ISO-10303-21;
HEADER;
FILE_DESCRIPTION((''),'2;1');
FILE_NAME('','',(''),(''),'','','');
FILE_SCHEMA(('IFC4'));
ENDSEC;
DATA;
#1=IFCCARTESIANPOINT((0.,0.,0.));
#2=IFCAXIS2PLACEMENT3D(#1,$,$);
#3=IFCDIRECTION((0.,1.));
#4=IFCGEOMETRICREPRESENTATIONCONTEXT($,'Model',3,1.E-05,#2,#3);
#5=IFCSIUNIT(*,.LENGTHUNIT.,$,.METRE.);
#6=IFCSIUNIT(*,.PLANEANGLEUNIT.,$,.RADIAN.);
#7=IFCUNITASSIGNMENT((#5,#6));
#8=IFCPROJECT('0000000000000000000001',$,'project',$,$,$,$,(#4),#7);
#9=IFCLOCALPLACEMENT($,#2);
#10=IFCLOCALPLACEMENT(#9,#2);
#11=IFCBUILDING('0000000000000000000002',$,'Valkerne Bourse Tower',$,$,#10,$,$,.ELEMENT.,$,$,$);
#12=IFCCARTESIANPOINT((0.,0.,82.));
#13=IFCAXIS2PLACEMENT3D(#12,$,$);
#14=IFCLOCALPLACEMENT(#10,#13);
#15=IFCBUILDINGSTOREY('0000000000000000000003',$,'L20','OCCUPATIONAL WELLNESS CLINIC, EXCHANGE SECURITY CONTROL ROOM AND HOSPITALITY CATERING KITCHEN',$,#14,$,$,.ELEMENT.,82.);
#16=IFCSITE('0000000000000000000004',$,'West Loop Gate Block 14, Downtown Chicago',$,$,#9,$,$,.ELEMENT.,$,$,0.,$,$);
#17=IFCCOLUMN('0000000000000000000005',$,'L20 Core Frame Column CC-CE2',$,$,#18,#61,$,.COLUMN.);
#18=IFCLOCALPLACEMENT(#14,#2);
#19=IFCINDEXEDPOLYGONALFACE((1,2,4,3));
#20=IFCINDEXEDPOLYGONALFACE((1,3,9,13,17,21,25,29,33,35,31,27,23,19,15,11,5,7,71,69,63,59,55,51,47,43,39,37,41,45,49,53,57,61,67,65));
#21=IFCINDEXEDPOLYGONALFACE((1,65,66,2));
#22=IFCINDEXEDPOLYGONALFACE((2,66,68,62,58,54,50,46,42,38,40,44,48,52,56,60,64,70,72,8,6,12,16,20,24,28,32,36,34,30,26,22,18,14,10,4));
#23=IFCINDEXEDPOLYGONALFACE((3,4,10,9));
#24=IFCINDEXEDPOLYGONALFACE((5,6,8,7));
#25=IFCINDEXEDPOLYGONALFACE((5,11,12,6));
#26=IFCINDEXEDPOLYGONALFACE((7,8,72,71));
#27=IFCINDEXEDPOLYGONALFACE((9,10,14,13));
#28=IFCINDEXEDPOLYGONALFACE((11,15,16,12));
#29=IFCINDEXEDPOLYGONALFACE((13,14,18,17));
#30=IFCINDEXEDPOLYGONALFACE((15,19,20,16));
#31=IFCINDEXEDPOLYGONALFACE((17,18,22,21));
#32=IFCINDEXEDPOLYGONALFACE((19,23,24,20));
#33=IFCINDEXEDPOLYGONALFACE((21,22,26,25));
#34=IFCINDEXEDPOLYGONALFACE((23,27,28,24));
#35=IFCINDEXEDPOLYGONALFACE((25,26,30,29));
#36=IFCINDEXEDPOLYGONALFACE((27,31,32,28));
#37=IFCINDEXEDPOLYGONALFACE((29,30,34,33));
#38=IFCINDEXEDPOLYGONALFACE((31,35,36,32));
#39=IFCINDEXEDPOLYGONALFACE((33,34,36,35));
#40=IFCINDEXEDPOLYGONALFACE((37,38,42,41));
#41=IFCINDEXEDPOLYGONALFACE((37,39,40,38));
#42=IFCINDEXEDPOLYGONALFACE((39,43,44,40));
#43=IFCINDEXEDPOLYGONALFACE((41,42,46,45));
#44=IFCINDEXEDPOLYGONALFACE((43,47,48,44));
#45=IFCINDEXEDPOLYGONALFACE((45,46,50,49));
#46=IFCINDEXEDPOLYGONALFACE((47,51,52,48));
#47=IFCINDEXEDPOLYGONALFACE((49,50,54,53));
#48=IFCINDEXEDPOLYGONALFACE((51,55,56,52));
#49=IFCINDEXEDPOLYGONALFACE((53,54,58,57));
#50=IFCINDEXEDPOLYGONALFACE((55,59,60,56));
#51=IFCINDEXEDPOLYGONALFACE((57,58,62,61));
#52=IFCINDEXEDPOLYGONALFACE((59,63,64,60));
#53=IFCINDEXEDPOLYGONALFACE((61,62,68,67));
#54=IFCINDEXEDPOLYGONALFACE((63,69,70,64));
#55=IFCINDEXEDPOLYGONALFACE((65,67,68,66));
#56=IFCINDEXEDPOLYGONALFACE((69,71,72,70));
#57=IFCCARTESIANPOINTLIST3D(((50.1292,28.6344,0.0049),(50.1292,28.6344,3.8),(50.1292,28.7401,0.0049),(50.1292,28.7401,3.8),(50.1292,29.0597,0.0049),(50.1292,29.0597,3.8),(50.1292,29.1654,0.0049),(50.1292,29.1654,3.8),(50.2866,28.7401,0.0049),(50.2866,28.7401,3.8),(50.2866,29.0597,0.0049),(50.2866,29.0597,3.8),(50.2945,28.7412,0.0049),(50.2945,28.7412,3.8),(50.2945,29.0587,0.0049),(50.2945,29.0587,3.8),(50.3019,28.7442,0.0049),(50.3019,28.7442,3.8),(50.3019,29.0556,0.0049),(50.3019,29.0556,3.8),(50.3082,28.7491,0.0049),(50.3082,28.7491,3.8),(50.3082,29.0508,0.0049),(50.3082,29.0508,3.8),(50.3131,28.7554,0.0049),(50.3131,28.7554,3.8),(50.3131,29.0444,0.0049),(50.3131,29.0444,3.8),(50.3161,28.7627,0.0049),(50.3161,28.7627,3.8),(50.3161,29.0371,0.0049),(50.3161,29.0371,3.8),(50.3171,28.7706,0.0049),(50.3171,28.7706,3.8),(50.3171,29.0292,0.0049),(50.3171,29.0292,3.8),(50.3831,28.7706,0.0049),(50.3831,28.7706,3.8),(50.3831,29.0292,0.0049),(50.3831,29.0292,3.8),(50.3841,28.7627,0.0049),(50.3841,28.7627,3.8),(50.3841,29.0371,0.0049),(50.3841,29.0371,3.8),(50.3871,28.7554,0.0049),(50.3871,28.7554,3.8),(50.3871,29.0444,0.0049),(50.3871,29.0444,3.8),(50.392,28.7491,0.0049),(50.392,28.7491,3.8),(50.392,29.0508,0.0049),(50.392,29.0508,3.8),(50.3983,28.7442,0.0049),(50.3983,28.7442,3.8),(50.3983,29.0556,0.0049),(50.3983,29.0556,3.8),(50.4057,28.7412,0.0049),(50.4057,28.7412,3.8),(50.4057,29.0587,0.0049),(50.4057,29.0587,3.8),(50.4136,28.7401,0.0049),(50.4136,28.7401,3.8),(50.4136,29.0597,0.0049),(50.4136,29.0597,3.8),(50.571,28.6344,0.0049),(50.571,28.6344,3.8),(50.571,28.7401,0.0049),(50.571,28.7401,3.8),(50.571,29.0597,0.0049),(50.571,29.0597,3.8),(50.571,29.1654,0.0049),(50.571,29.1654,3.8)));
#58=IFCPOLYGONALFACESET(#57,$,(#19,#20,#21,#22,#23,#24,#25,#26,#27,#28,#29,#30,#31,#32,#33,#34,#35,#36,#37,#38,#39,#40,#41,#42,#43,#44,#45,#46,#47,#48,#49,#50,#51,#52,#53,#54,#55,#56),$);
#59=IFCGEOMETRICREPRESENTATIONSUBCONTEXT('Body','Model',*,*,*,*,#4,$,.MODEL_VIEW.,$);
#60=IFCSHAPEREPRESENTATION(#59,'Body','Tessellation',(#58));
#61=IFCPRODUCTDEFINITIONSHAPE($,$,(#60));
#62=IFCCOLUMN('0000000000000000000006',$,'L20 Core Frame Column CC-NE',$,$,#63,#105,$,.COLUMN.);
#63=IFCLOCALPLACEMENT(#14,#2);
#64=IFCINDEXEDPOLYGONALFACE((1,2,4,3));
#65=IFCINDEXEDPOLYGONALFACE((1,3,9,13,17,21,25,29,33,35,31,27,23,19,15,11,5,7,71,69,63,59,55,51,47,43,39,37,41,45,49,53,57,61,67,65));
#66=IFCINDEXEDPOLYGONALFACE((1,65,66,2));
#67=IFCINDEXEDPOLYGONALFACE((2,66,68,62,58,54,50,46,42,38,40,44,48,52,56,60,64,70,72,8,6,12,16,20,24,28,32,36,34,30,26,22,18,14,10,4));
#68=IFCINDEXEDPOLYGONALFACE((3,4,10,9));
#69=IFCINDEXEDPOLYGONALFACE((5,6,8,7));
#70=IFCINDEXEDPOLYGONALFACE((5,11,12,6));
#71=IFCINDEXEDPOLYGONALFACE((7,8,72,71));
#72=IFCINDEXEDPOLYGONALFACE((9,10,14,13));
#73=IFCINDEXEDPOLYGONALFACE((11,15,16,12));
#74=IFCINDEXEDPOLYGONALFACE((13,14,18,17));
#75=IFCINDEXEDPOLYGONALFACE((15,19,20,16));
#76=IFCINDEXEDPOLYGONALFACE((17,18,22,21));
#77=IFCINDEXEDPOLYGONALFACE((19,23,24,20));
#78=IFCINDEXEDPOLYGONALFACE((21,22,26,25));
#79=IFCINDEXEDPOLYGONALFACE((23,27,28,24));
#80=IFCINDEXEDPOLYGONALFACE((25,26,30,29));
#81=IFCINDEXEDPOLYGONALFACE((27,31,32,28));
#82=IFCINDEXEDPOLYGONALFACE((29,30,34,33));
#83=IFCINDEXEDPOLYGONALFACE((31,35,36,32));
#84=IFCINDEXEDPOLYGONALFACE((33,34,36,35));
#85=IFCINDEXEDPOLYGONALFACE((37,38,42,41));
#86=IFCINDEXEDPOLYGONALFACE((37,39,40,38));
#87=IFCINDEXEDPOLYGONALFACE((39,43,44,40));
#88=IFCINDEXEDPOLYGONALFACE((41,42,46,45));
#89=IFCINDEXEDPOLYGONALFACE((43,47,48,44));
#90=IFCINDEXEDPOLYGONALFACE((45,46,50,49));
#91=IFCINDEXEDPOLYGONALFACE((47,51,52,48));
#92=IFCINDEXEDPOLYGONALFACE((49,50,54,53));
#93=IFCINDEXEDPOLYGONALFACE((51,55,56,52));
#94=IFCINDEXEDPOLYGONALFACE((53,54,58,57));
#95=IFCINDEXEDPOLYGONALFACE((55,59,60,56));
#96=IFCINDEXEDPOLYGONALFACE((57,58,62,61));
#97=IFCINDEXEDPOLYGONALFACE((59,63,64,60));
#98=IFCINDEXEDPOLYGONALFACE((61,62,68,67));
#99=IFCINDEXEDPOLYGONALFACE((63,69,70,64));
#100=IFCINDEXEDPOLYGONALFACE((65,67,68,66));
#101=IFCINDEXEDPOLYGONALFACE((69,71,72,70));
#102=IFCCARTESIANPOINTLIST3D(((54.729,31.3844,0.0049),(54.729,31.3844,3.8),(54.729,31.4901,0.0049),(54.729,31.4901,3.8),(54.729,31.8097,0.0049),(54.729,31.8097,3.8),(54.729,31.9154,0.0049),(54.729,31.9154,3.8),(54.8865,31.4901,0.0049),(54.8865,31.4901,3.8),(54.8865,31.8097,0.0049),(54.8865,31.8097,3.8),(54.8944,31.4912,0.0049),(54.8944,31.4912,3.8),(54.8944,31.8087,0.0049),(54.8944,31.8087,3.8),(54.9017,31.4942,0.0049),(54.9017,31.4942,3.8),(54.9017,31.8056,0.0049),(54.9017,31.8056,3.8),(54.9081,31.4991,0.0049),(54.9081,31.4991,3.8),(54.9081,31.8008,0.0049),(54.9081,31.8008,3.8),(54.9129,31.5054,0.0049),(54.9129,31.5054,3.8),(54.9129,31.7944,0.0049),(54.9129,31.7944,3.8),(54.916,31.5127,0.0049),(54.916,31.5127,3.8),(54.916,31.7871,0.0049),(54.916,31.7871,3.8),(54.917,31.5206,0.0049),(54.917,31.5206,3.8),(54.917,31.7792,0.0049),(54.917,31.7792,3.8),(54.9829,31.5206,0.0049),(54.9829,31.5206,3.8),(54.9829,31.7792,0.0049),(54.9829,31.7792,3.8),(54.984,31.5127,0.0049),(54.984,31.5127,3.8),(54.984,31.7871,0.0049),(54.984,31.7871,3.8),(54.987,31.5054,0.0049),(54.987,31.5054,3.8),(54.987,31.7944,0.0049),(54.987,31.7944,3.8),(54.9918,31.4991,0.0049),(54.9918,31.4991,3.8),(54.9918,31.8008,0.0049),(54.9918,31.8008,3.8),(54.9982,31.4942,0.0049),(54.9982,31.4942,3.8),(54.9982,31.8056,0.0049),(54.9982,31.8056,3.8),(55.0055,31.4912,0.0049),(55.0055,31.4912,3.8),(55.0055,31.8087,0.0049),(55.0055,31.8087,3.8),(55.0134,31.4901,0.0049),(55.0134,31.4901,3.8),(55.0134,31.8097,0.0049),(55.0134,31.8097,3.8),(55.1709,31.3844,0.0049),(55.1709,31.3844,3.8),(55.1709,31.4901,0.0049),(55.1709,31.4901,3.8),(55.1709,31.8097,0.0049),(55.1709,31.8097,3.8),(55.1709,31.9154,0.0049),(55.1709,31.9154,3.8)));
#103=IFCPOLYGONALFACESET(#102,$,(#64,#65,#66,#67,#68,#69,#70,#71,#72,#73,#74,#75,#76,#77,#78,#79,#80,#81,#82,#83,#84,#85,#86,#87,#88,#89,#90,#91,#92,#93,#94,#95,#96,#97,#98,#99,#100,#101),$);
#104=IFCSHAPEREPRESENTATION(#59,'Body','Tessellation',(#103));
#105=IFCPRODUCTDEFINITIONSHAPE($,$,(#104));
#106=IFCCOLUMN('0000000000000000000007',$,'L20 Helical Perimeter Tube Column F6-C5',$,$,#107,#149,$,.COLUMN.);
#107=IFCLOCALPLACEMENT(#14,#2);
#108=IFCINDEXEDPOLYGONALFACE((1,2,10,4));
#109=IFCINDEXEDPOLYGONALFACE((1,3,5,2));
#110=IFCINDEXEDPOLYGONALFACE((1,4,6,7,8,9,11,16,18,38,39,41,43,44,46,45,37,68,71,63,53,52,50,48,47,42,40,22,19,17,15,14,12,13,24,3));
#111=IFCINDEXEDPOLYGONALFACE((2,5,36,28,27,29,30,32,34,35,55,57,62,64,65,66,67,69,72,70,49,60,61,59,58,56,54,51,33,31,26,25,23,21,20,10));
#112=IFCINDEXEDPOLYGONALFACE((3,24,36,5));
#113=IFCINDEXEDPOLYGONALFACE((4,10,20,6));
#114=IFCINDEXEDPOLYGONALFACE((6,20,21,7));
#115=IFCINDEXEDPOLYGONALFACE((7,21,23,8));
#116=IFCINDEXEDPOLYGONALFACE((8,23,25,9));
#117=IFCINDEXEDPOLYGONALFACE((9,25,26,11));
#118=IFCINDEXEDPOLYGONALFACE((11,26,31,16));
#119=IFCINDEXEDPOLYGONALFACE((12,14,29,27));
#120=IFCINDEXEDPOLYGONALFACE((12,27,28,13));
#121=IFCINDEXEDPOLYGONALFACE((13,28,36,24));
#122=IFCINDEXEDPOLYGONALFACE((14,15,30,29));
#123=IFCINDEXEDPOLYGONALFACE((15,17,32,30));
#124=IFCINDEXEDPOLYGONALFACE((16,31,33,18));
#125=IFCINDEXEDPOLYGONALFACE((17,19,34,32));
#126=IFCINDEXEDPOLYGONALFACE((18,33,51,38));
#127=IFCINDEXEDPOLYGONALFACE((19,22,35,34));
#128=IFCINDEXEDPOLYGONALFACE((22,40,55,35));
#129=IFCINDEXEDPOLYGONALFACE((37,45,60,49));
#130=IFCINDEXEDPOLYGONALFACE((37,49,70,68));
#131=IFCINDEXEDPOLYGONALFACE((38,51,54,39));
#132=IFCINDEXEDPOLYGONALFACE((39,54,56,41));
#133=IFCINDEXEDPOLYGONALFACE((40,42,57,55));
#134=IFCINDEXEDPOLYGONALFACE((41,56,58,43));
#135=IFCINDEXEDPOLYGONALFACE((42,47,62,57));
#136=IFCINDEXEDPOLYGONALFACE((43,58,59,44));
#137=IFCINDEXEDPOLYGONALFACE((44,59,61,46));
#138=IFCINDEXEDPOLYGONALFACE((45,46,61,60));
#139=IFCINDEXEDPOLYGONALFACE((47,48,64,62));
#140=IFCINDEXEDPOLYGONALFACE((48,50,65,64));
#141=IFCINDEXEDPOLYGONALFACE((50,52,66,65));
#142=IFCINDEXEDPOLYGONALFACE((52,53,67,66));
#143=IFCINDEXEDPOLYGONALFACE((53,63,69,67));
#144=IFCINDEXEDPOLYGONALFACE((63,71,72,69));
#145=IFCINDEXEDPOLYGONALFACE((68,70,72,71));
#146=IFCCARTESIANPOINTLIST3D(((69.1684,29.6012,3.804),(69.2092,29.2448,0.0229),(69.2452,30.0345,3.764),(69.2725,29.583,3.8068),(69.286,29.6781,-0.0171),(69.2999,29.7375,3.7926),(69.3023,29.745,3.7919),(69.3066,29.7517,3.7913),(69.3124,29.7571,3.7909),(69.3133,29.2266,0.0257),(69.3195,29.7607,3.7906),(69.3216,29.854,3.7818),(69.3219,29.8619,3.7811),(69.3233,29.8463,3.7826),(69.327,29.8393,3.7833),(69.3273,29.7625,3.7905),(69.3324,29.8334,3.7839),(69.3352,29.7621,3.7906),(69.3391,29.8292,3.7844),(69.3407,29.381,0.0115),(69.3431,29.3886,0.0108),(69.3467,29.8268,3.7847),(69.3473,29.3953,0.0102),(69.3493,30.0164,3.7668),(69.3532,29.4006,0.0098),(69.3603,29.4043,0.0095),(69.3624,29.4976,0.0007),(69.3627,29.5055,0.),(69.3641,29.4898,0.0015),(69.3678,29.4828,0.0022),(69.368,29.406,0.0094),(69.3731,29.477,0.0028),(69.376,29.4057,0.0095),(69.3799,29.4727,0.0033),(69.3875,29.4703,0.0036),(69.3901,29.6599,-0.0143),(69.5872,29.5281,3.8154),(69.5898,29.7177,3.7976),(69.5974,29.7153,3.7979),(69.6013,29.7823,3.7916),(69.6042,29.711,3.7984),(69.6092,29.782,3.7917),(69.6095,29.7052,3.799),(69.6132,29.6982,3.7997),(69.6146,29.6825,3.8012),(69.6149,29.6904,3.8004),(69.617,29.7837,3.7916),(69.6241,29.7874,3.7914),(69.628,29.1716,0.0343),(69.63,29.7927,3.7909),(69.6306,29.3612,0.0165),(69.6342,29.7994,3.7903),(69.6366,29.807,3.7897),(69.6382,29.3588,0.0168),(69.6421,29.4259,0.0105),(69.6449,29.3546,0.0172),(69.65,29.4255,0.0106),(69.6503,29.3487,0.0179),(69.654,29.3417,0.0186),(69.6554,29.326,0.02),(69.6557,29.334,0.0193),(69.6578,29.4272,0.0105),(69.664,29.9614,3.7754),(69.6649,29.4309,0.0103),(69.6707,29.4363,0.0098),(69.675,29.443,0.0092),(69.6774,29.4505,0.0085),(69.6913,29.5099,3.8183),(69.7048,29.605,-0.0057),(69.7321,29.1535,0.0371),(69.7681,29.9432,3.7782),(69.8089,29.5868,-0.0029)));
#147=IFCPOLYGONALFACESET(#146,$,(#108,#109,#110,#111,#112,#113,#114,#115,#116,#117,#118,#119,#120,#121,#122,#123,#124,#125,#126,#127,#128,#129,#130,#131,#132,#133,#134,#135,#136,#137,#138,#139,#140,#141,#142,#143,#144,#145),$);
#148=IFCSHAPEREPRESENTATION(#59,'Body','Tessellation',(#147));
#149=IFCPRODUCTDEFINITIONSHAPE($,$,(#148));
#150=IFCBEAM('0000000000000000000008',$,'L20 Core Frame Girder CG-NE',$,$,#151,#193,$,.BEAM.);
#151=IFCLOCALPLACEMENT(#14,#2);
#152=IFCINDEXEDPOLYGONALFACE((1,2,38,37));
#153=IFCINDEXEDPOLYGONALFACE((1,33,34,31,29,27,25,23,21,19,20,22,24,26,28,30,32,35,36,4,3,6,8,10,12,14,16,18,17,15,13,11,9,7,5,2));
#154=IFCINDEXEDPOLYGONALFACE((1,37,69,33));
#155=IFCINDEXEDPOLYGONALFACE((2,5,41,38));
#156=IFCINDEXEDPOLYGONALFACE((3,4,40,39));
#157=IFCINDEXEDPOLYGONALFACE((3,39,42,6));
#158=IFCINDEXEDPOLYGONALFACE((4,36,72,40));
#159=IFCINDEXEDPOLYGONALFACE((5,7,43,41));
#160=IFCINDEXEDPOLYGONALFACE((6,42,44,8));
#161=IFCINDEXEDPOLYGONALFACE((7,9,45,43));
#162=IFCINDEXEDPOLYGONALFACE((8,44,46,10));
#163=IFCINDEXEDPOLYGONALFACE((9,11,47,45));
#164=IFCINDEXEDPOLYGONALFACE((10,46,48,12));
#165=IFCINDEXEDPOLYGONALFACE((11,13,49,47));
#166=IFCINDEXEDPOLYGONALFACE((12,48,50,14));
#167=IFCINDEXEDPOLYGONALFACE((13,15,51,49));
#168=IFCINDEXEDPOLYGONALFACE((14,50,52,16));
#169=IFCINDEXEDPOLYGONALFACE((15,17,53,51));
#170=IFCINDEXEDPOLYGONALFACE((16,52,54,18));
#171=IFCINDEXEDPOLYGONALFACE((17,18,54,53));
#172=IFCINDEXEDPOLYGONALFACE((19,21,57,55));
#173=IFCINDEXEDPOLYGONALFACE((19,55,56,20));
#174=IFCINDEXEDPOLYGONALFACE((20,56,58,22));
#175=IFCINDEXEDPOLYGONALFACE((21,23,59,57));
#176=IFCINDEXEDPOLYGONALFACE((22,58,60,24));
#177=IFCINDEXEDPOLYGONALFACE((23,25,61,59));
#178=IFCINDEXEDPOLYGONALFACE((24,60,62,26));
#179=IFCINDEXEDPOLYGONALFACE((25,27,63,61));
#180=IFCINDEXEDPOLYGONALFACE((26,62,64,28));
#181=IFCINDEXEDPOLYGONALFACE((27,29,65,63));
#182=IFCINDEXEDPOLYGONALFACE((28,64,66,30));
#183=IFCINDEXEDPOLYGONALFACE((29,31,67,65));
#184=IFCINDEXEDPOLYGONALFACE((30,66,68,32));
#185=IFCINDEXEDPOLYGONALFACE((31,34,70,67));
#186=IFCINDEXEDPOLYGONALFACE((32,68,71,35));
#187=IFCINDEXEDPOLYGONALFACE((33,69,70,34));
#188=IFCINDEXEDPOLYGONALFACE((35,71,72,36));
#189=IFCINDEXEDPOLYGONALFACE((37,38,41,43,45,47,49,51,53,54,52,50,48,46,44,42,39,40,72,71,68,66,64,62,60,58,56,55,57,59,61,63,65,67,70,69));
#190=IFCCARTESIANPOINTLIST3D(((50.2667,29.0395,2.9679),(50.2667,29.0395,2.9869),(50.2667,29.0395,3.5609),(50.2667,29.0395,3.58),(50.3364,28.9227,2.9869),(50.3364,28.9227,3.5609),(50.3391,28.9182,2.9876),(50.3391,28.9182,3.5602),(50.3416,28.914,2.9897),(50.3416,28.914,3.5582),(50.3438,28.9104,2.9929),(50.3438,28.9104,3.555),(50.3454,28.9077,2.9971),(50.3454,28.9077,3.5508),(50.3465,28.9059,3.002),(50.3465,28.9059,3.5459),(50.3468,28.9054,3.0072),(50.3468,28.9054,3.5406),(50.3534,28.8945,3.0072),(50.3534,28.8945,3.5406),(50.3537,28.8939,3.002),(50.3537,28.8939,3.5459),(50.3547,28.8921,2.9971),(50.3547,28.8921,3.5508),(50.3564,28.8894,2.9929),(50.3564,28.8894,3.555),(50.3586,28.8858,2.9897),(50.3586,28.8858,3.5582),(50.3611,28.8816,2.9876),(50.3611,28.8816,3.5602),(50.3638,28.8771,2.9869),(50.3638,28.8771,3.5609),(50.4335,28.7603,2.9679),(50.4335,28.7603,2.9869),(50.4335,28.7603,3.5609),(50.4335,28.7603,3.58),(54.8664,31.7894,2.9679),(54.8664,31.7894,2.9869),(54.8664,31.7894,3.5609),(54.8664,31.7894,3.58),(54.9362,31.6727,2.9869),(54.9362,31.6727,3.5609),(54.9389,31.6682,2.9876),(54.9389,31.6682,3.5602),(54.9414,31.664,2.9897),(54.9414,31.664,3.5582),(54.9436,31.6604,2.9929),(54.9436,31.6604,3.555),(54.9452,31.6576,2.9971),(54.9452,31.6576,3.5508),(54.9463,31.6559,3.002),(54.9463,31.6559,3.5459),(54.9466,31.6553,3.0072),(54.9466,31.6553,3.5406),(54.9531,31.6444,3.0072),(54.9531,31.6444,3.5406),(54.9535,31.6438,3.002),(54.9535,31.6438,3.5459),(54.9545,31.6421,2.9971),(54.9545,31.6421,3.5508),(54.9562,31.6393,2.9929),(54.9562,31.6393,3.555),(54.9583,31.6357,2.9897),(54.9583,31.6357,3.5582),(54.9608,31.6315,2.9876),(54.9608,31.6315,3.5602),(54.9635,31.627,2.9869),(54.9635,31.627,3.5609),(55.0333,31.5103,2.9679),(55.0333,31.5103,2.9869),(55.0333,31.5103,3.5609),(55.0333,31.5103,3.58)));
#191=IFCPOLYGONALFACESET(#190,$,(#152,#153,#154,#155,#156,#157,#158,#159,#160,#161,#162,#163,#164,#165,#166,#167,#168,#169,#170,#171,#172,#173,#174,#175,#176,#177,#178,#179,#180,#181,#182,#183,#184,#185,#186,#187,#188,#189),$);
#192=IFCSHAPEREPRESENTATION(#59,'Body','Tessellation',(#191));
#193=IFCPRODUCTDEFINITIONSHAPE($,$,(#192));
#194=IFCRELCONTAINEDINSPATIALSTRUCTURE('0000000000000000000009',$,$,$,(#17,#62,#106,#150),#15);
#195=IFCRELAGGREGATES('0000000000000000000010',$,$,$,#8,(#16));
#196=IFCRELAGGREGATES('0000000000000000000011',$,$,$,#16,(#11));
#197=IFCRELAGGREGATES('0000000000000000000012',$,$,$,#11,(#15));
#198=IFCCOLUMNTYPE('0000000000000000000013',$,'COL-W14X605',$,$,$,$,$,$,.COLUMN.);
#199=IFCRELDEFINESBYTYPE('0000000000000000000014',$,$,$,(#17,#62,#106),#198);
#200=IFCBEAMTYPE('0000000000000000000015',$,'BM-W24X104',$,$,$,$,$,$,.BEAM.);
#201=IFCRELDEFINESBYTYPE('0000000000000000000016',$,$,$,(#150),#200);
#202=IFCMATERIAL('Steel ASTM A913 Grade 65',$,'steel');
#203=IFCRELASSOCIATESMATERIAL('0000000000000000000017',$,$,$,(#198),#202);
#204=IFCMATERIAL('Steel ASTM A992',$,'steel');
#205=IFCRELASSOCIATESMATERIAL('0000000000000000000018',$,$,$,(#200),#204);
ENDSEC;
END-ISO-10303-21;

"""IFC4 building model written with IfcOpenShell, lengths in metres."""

from ifc_helpers import new_model, si_unit, direction, frame, origin, origin_2d, place, context, subcontext, project, spatial, i_section, extrude, material, material_profile, profile_set, type_object, element, save


model = new_model("IFC4")

# Units and contexts
model_context = context("Model", 3, precision=1e-05, world=origin(), true_north=direction((0.0, 1.0)))
body_context = subcontext(model_context, "Body", "Model", "MODEL_VIEW")
ifc_project = project(units=[si_unit("LENGTHUNIT", "METRE"), si_unit("PLANEANGLEUNIT", "RADIAN")], contexts=[model_context])

# Site, building, storey
site_placement = place(None, origin())
site = spatial("IfcSite", under=ifc_project, at=site_placement, Name="West Loop Gate Block 14, Downtown Chicago", CompositionType="ELEMENT", RefElevation=0.0)
building_placement = place(site_placement, origin())
building = spatial("IfcBuilding", under=site, at=building_placement, Name="Valkerne Bourse Tower", CompositionType="ELEMENT")
storey_placement = place(building_placement, frame((0.0, 0.0, 82.0)))
storey = spatial("IfcBuildingStorey", under=building, at=storey_placement, Name="L20", Description="OCCUPATIONAL WELLNESS CLINIC, EXCHANGE SECURITY CONTROL ROOM AND HOSPITALITY CATERING KITCHEN", CompositionType="ELEMENT", Elevation=82.0)

# Columns
ifc_material_1 = material(Name="Steel ASTM A913 Grade 65", Category="steel")
ifc_material_profile_1 = material_profile(ifc_material_1, i_section(OverallWidth=0.4419, OverallDepth=0.531, WebThickness=0.0659, FlangeThickness=0.1057, FilletRadius=0.0305, at=origin_2d()), Name="W14X605")
ifc_profile_set_1 = profile_set([ifc_material_profile_1], Name="Steel ASTM A913 Grade 65")
column_type = type_object("IfcColumnType", Name="COL-W14X605", PredefinedType="COLUMN", material=ifc_profile_set_1)
for number, where, z_axis, x_axis, name in (
    (1, (50.3501, 28.8999, 0.0049), (0.0, 0.0, 1.0), (1.0, 0.0, 0.0), "L20 Core Frame Column CC-CE2"),
    (2, (54.95, 31.6499, 0.0049), (0.0, 0.0, 1.0), (1.0, 0.0, 0.0), "L20 Core Frame Column CC-NE"),
):
    element("IfcColumn", number, at=place(storey_placement, frame(where, z_axis=z_axis, x_axis=x_axis)), inside=storey, type_object=column_type, Name=name, PredefinedType="COLUMN", context=body_context, shape_type="SweptSolid", body=[
        extrude(i_section(OverallWidth=0.4419, OverallDepth=0.531, WebThickness=0.0659, FlangeThickness=0.1057, FilletRadius=0.0305, at=origin_2d()), origin(), (0.0, 0.0, 1.0), 3.7952),
    ])
column_placement = place(storey_placement, frame((69.509, 29.4158, 0.01), z_axis=(-0.010735, 0.093851, 0.995528), x_axis=(-0.1737, -0.980625, 0.090573)))
element("IfcColumn", 3, at=column_placement, inside=storey, type_object=column_type, Name="L20 Helical Perimeter Tube Column F6-C5", PredefinedType="COLUMN", context=body_context, shape_type="SweptSolid", body=[
    extrude(i_section(OverallWidth=0.4419, OverallDepth=0.531, WebThickness=0.0659, FlangeThickness=0.1057, FilletRadius=0.0305, at=origin_2d()), origin(), (0.0, 0.0, 1.0), 3.7981),
])

# Beam
ifc_material_2 = material(Name="Steel ASTM A992", Category="steel")
ifc_material_profile_2 = material_profile(ifc_material_2, i_section(OverallWidth=0.3252, OverallDepth=0.6121, WebThickness=0.0127, FlangeThickness=0.019, FilletRadius=0.0203, at=origin_2d()), Name="W24X104")
ifc_profile_set_2 = profile_set([ifc_material_profile_2], Name="Steel ASTM A992")
beam_type_1 = type_object("IfcBeamType", Name="BM-W24X104", PredefinedType="BEAM", material=ifc_profile_set_2)
beam_1_placement = place(storey_placement, frame((50.3501, 28.8999, 3.2739), z_axis=(0.858308, 0.513135, 0.0), x_axis=(-0.513135, 0.858308, 0.0)))
element("IfcBeam", 4, at=beam_1_placement, inside=storey, type_object=beam_type_1, Name="L20 Core Frame Girder CG-NE", PredefinedType="BEAM", context=body_context, shape_type="SweptSolid", body=[
    extrude(i_section(OverallWidth=0.3252, OverallDepth=0.6121, WebThickness=0.0127, FlangeThickness=0.019, FilletRadius=0.0203, at=origin_2d()), origin(), (0.0, 0.0, 1.0), 5.3591),
])

save(model, "model.ifc")
